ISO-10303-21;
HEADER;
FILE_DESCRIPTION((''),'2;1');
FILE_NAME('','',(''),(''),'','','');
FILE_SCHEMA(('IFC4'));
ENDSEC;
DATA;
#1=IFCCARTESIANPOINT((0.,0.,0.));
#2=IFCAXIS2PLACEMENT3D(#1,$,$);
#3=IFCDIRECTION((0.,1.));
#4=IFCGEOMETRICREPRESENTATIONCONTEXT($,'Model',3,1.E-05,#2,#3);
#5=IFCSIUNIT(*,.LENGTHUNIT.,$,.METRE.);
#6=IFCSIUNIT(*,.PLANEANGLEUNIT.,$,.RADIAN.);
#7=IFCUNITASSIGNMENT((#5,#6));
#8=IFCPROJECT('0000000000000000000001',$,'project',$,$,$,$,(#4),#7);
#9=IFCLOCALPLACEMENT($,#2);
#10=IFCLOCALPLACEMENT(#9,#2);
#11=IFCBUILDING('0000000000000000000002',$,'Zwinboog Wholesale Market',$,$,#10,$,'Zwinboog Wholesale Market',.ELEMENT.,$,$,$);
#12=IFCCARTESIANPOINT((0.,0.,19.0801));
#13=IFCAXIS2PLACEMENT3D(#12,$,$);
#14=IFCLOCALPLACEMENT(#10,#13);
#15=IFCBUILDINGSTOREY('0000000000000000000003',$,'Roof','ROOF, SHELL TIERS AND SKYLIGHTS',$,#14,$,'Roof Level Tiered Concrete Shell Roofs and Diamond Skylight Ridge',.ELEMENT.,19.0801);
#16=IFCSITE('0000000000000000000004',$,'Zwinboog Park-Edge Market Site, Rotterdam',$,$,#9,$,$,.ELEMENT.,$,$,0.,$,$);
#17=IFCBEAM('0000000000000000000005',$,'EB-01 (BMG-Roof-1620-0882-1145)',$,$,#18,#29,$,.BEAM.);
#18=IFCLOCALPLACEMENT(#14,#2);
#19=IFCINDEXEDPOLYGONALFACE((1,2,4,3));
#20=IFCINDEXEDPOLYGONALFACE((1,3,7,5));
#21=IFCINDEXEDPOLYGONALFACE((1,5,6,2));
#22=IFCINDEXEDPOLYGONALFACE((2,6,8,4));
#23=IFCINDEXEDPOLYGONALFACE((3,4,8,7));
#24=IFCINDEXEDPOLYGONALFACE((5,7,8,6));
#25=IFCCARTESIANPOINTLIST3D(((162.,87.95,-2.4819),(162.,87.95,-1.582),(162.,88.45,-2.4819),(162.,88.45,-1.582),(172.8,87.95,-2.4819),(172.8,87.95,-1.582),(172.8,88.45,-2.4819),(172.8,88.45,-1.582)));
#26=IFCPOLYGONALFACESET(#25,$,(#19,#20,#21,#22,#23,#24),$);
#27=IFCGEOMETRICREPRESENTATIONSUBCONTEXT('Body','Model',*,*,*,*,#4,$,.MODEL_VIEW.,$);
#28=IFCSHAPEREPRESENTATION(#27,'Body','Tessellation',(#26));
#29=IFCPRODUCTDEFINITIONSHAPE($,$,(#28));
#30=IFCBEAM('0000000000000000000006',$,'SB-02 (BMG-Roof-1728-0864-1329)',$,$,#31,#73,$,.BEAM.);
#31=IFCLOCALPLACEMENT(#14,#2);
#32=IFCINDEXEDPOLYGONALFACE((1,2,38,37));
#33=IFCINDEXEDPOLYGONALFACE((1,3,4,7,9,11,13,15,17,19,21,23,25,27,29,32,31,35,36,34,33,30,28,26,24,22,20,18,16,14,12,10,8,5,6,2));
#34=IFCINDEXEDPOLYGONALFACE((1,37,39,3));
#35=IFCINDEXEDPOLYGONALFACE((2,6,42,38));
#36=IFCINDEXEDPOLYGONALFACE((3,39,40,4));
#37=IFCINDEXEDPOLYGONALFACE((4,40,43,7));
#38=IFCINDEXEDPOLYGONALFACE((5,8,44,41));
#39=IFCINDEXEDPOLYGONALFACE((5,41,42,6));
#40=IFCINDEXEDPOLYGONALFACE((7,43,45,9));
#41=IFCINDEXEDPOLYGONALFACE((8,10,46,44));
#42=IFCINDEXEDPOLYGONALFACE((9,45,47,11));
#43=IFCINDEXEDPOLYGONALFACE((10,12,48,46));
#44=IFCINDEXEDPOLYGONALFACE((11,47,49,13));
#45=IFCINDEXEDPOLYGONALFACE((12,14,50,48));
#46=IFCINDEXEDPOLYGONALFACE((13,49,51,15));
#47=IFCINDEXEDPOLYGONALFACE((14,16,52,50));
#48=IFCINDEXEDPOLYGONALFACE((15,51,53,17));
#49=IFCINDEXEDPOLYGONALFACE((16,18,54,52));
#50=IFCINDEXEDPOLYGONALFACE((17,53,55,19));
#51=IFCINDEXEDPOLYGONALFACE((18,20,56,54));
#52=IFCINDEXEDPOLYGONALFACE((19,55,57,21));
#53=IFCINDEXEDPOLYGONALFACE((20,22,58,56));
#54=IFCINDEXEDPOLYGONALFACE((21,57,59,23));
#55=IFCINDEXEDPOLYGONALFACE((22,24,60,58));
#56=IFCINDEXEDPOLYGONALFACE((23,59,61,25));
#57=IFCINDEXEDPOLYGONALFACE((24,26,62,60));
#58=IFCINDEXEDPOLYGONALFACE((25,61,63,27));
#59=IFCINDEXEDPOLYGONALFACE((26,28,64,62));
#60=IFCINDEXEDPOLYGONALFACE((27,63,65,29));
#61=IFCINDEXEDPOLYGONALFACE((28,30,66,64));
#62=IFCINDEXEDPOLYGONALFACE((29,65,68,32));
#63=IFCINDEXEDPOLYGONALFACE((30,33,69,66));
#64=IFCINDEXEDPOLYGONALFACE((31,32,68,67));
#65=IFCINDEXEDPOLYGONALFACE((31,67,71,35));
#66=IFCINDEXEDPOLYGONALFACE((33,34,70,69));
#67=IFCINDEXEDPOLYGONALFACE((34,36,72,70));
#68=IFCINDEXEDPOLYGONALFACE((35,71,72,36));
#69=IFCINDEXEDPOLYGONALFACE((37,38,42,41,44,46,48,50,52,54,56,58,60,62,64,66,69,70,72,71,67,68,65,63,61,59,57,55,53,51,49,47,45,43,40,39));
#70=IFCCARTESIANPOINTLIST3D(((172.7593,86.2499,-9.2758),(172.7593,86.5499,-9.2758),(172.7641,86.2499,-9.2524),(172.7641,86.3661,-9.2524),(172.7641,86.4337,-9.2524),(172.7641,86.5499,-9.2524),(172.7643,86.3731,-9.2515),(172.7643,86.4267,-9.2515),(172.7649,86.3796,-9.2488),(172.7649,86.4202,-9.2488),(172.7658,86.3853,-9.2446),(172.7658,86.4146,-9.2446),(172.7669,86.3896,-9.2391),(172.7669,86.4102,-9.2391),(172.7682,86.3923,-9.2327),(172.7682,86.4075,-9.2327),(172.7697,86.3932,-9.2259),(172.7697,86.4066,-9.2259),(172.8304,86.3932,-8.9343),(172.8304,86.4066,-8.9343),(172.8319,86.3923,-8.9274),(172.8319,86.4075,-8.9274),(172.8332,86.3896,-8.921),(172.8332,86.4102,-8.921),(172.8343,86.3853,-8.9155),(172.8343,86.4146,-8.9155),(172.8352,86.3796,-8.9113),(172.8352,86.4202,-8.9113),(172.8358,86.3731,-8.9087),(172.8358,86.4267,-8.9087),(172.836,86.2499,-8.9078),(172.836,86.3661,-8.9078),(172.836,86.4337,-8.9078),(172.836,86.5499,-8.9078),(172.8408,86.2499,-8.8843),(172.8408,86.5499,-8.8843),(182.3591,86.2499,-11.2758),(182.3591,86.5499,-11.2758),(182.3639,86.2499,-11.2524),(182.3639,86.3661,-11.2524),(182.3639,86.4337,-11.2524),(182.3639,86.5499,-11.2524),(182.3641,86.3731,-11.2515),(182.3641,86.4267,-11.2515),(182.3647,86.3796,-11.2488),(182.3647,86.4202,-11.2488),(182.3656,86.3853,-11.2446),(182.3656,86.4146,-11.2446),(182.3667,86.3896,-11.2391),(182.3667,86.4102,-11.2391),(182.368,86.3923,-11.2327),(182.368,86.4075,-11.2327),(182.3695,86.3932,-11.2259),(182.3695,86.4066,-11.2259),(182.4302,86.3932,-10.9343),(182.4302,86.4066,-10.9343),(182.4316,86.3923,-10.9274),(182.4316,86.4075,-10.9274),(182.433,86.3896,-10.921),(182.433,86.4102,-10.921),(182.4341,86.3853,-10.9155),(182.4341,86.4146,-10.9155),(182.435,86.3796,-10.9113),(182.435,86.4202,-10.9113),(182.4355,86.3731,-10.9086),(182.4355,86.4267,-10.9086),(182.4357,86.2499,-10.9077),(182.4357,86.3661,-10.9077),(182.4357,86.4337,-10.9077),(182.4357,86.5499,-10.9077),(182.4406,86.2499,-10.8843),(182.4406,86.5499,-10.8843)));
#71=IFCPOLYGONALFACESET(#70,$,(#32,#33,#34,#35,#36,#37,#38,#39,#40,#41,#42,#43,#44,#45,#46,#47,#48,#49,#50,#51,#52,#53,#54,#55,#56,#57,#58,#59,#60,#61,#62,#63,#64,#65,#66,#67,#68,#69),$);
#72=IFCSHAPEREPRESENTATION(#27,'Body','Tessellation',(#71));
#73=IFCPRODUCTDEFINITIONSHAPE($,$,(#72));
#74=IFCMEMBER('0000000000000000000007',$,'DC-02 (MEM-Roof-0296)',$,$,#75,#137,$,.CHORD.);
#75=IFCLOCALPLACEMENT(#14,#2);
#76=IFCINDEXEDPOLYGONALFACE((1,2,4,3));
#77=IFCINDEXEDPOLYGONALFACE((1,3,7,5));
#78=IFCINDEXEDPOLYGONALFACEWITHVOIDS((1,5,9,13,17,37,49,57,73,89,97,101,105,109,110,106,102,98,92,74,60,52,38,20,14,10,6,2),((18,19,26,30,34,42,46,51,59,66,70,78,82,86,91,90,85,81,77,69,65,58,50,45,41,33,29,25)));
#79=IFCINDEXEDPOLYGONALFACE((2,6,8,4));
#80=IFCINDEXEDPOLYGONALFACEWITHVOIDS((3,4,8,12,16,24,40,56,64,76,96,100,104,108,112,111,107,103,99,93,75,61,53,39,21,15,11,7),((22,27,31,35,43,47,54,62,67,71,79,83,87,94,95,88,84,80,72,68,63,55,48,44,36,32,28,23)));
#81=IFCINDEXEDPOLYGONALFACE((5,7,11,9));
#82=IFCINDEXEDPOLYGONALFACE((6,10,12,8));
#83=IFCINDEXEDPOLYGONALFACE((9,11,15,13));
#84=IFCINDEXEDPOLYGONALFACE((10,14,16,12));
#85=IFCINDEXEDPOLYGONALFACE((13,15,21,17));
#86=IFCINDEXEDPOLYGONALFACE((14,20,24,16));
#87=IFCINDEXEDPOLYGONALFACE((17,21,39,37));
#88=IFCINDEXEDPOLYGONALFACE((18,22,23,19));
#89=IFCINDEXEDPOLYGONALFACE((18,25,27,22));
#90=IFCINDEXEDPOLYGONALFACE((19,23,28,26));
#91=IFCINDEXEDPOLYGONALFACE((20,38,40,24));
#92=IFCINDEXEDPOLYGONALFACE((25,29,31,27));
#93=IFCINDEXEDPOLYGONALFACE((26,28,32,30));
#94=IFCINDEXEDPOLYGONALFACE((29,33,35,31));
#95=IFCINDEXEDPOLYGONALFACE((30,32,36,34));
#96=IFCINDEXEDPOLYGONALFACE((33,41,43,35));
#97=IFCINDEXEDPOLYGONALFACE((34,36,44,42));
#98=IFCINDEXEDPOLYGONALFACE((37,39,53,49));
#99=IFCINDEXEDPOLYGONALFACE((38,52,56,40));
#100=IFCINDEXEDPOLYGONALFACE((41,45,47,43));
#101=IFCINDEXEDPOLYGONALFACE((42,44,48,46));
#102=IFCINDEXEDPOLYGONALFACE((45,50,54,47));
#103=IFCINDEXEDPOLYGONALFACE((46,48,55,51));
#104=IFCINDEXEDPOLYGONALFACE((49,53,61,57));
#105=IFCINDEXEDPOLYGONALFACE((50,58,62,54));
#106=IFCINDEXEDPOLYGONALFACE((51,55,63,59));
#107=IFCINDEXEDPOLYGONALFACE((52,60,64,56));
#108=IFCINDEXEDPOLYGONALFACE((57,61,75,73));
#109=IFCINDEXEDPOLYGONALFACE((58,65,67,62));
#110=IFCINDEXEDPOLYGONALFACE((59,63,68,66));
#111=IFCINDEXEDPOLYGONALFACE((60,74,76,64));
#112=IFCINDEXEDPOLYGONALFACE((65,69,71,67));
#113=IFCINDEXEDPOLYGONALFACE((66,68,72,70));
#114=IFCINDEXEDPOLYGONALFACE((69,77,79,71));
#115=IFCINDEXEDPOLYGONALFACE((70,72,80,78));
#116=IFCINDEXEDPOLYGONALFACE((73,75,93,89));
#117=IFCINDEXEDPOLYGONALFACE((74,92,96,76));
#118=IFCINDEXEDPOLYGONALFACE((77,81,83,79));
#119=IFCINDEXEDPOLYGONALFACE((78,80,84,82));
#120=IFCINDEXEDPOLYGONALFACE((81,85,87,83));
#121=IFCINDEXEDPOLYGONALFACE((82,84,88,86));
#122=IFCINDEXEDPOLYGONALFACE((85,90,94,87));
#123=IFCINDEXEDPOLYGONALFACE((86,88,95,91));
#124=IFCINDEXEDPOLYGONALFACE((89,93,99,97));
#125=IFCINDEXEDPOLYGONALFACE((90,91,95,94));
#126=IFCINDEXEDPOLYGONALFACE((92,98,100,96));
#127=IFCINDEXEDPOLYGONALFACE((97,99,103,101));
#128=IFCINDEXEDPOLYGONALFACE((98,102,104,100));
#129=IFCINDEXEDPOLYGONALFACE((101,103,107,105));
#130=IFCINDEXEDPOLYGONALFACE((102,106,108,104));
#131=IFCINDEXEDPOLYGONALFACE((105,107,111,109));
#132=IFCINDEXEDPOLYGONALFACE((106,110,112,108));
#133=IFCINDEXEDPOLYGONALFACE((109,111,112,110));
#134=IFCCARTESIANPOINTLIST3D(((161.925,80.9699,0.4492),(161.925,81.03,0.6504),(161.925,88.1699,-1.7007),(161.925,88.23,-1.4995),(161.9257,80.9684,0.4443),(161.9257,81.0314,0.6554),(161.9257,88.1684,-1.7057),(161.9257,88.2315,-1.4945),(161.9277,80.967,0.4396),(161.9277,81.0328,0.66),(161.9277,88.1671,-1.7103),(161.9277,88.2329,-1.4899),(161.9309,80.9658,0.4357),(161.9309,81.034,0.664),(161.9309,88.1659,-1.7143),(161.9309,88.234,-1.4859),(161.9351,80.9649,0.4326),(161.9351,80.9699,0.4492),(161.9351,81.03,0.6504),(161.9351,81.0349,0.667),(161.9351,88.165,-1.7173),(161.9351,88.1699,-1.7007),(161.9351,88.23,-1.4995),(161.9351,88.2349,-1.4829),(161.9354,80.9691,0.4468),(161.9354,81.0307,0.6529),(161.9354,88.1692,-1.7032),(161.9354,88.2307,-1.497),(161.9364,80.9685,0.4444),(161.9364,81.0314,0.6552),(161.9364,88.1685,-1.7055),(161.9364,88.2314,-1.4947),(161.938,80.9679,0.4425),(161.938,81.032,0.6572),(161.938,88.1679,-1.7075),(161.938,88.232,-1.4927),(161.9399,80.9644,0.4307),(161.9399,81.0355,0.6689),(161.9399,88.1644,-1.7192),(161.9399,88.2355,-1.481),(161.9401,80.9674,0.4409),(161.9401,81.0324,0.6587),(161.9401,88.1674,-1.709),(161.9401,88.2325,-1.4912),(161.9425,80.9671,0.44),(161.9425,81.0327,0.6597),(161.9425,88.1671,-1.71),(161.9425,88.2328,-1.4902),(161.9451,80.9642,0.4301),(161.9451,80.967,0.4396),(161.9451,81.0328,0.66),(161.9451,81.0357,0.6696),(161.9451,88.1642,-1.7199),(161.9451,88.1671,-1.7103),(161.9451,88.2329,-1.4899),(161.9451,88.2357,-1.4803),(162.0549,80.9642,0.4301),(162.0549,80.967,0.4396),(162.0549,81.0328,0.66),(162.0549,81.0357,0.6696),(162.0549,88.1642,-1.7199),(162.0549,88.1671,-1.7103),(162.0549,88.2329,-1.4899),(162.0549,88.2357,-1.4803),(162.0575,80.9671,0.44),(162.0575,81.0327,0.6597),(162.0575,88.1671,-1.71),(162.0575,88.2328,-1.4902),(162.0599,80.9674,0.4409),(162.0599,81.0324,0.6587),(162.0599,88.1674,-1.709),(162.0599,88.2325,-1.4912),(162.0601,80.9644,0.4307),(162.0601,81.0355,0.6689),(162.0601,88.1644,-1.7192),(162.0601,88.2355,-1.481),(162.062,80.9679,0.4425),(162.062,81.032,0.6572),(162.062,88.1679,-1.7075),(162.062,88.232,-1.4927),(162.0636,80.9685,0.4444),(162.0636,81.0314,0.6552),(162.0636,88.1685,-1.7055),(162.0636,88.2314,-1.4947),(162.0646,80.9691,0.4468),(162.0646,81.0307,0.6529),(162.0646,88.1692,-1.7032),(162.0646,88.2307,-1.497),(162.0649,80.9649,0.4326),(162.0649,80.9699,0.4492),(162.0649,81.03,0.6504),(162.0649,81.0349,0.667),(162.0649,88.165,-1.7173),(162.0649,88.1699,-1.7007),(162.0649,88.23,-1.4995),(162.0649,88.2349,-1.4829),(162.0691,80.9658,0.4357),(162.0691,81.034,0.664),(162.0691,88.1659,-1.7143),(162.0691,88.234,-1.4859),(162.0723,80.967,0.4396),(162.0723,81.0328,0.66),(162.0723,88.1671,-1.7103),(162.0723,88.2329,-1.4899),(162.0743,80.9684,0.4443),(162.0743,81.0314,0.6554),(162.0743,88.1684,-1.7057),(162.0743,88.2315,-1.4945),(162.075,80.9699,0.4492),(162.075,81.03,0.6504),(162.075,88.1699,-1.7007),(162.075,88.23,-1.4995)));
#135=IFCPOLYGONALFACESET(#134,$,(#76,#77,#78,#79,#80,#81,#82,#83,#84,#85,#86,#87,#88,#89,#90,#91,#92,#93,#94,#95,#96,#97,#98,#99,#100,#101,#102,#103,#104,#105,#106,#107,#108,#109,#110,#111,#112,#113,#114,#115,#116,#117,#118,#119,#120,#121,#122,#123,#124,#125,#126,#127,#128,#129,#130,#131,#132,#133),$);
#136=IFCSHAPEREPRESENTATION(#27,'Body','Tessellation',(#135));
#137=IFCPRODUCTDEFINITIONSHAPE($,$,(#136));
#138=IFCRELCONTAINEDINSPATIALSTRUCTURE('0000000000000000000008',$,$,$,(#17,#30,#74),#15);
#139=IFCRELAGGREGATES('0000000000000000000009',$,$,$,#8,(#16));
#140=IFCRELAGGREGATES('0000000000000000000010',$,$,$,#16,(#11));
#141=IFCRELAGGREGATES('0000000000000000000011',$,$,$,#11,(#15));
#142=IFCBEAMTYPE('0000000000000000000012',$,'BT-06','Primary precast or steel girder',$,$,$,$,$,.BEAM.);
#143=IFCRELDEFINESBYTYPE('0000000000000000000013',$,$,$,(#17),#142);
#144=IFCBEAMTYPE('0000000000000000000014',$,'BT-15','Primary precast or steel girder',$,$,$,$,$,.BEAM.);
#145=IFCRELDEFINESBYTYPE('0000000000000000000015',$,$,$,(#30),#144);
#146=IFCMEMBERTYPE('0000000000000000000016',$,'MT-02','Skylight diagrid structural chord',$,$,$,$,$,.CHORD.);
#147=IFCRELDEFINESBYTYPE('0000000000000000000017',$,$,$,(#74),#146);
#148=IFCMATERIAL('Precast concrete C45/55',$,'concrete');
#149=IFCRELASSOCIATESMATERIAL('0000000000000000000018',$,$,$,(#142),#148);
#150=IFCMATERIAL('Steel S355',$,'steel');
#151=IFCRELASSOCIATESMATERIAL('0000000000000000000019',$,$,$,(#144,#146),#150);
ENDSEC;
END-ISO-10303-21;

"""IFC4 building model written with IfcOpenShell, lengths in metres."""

from ifc_helpers import new_model, si_unit, direction, frame, origin, origin_2d, place, context, subcontext, project, spatial, rectangle, hollow_rectangle, i_section, extrude, material, material_profile, profile_set, type_object, element, save


model = new_model("IFC4")

# Units and contexts
model_context = context("Model", 3, precision=1e-05, world=origin(), true_north=direction((0.0, 1.0)))
body_context = subcontext(model_context, "Body", "Model", "MODEL_VIEW")
ifc_project = project(units=[si_unit("LENGTHUNIT", "METRE"), si_unit("PLANEANGLEUNIT", "RADIAN")], contexts=[model_context])

# Site, building, storey
site_placement = place(None, origin())
site = spatial("IfcSite", under=ifc_project, at=site_placement, Name="Zwinboog Park-Edge Market Site, Rotterdam", CompositionType="ELEMENT", RefElevation=0.0)
building_placement = place(site_placement, origin())
building = spatial("IfcBuilding", under=site, at=building_placement, Name="Zwinboog Wholesale Market", LongName="Zwinboog Wholesale Market", CompositionType="ELEMENT")
storey_placement = place(building_placement, frame((0.0, 0.0, 19.0801)))
storey = spatial("IfcBuildingStorey", under=building, at=storey_placement, Name="Roof", Description="ROOF, SHELL TIERS AND SKYLIGHTS", LongName="Roof Level Tiered Concrete Shell Roofs and Diamond Skylight Ridge", CompositionType="ELEMENT", Elevation=19.0801)

# Beams
ifc_material_1 = material(Name="Precast concrete C45/55", Category="concrete")
ifc_material_profile_1 = material_profile(ifc_material_1, rectangle(XDim=0.5, YDim=0.8999, at=origin_2d()), Name="PC 500x900")
ifc_profile_set_1 = profile_set([ifc_material_profile_1], Name="Precast concrete C45/55")
beam_type_1 = type_object("IfcBeamType", Name="BT-06", Description="Primary precast or steel girder", PredefinedType="BEAM", material=ifc_profile_set_1)
beam_1_placement = place(storey_placement, frame((162.0, 88.2, -2.032), z_axis=(1.0, 0.0, 0.0), x_axis=(0.0, 1.0, 0.0)))
element("IfcBeam", 1, at=beam_1_placement, inside=storey, type_object=beam_type_1, Name="EB-01 (BMG-Roof-1620-0882-1145)", PredefinedType="BEAM", context=body_context, shape_type="SweptSolid", body=[
    extrude(rectangle(XDim=0.5, YDim=0.8999, at=origin_2d()), origin(), (0.0, 0.0, 1.0), 10.8),
])
ifc_material_2 = material(Name="Steel S355", Category="steel")
ifc_material_profile_2 = material_profile(ifc_material_2, i_section(OverallWidth=0.3, OverallDepth=0.3999, WebThickness=0.0134, FlangeThickness=0.0239, FilletRadius=0.0271, at=origin_2d()), Name="HEB 400")
ifc_profile_set_2 = profile_set([ifc_material_profile_2], Name="Steel S355")
beam_type_2 = type_object("IfcBeamType", Name="BT-15", Description="Primary precast or steel girder", PredefinedType="BEAM", material=ifc_profile_set_2)
beam_2_placement = place(storey_placement, frame((172.8, 86.3999, -9.0801), z_axis=(0.97898, 0.0, -0.203957), x_axis=(0.0, 1.0, 0.0)))
element("IfcBeam", 2, at=beam_2_placement, inside=storey, type_object=beam_type_2, Name="SB-02 (BMG-Roof-1728-0864-1329)", PredefinedType="BEAM", context=body_context, shape_type="SweptSolid", body=[
    extrude(i_section(OverallWidth=0.3, OverallDepth=0.3999, WebThickness=0.0134, FlangeThickness=0.0239, FilletRadius=0.0271, at=origin_2d()), origin(), (0.0, 0.0, 1.0), 9.8059),
])

# Member
ifc_material_profile_3 = material_profile(ifc_material_2, hollow_rectangle(XDim=0.1499, YDim=0.25, WallThickness=0.01, InnerFilletRadius=0.01, OuterFilletRadius=0.02, at=origin_2d()), Name="RHS 250x150x10")
ifc_profile_set_3 = profile_set([ifc_material_profile_3], Name="Steel S355")
member_type_1 = type_object("IfcMemberType", Name="MT-02", Description="Skylight diagrid structural chord", PredefinedType="CHORD", material=ifc_profile_set_3)
member_1_placement = place(storey_placement, frame((162.0, 88.2, -1.6001), z_axis=(0.0, -0.958195, 0.286117), x_axis=(1.0, 0.0, 0.0)))
element("IfcMember", 3, at=member_1_placement, inside=storey, type_object=member_type_1, Name="DC-02 (MEM-Roof-0296)", PredefinedType="CHORD", context=body_context, shape_type="SweptSolid", body=[
    extrude(hollow_rectangle(XDim=0.1499, YDim=0.25, WallThickness=0.01, InnerFilletRadius=0.01, OuterFilletRadius=0.02, at=origin_2d()), origin(), (0.0, 0.0, 1.0), 7.5142),
])

save(model, "model.ifc")
